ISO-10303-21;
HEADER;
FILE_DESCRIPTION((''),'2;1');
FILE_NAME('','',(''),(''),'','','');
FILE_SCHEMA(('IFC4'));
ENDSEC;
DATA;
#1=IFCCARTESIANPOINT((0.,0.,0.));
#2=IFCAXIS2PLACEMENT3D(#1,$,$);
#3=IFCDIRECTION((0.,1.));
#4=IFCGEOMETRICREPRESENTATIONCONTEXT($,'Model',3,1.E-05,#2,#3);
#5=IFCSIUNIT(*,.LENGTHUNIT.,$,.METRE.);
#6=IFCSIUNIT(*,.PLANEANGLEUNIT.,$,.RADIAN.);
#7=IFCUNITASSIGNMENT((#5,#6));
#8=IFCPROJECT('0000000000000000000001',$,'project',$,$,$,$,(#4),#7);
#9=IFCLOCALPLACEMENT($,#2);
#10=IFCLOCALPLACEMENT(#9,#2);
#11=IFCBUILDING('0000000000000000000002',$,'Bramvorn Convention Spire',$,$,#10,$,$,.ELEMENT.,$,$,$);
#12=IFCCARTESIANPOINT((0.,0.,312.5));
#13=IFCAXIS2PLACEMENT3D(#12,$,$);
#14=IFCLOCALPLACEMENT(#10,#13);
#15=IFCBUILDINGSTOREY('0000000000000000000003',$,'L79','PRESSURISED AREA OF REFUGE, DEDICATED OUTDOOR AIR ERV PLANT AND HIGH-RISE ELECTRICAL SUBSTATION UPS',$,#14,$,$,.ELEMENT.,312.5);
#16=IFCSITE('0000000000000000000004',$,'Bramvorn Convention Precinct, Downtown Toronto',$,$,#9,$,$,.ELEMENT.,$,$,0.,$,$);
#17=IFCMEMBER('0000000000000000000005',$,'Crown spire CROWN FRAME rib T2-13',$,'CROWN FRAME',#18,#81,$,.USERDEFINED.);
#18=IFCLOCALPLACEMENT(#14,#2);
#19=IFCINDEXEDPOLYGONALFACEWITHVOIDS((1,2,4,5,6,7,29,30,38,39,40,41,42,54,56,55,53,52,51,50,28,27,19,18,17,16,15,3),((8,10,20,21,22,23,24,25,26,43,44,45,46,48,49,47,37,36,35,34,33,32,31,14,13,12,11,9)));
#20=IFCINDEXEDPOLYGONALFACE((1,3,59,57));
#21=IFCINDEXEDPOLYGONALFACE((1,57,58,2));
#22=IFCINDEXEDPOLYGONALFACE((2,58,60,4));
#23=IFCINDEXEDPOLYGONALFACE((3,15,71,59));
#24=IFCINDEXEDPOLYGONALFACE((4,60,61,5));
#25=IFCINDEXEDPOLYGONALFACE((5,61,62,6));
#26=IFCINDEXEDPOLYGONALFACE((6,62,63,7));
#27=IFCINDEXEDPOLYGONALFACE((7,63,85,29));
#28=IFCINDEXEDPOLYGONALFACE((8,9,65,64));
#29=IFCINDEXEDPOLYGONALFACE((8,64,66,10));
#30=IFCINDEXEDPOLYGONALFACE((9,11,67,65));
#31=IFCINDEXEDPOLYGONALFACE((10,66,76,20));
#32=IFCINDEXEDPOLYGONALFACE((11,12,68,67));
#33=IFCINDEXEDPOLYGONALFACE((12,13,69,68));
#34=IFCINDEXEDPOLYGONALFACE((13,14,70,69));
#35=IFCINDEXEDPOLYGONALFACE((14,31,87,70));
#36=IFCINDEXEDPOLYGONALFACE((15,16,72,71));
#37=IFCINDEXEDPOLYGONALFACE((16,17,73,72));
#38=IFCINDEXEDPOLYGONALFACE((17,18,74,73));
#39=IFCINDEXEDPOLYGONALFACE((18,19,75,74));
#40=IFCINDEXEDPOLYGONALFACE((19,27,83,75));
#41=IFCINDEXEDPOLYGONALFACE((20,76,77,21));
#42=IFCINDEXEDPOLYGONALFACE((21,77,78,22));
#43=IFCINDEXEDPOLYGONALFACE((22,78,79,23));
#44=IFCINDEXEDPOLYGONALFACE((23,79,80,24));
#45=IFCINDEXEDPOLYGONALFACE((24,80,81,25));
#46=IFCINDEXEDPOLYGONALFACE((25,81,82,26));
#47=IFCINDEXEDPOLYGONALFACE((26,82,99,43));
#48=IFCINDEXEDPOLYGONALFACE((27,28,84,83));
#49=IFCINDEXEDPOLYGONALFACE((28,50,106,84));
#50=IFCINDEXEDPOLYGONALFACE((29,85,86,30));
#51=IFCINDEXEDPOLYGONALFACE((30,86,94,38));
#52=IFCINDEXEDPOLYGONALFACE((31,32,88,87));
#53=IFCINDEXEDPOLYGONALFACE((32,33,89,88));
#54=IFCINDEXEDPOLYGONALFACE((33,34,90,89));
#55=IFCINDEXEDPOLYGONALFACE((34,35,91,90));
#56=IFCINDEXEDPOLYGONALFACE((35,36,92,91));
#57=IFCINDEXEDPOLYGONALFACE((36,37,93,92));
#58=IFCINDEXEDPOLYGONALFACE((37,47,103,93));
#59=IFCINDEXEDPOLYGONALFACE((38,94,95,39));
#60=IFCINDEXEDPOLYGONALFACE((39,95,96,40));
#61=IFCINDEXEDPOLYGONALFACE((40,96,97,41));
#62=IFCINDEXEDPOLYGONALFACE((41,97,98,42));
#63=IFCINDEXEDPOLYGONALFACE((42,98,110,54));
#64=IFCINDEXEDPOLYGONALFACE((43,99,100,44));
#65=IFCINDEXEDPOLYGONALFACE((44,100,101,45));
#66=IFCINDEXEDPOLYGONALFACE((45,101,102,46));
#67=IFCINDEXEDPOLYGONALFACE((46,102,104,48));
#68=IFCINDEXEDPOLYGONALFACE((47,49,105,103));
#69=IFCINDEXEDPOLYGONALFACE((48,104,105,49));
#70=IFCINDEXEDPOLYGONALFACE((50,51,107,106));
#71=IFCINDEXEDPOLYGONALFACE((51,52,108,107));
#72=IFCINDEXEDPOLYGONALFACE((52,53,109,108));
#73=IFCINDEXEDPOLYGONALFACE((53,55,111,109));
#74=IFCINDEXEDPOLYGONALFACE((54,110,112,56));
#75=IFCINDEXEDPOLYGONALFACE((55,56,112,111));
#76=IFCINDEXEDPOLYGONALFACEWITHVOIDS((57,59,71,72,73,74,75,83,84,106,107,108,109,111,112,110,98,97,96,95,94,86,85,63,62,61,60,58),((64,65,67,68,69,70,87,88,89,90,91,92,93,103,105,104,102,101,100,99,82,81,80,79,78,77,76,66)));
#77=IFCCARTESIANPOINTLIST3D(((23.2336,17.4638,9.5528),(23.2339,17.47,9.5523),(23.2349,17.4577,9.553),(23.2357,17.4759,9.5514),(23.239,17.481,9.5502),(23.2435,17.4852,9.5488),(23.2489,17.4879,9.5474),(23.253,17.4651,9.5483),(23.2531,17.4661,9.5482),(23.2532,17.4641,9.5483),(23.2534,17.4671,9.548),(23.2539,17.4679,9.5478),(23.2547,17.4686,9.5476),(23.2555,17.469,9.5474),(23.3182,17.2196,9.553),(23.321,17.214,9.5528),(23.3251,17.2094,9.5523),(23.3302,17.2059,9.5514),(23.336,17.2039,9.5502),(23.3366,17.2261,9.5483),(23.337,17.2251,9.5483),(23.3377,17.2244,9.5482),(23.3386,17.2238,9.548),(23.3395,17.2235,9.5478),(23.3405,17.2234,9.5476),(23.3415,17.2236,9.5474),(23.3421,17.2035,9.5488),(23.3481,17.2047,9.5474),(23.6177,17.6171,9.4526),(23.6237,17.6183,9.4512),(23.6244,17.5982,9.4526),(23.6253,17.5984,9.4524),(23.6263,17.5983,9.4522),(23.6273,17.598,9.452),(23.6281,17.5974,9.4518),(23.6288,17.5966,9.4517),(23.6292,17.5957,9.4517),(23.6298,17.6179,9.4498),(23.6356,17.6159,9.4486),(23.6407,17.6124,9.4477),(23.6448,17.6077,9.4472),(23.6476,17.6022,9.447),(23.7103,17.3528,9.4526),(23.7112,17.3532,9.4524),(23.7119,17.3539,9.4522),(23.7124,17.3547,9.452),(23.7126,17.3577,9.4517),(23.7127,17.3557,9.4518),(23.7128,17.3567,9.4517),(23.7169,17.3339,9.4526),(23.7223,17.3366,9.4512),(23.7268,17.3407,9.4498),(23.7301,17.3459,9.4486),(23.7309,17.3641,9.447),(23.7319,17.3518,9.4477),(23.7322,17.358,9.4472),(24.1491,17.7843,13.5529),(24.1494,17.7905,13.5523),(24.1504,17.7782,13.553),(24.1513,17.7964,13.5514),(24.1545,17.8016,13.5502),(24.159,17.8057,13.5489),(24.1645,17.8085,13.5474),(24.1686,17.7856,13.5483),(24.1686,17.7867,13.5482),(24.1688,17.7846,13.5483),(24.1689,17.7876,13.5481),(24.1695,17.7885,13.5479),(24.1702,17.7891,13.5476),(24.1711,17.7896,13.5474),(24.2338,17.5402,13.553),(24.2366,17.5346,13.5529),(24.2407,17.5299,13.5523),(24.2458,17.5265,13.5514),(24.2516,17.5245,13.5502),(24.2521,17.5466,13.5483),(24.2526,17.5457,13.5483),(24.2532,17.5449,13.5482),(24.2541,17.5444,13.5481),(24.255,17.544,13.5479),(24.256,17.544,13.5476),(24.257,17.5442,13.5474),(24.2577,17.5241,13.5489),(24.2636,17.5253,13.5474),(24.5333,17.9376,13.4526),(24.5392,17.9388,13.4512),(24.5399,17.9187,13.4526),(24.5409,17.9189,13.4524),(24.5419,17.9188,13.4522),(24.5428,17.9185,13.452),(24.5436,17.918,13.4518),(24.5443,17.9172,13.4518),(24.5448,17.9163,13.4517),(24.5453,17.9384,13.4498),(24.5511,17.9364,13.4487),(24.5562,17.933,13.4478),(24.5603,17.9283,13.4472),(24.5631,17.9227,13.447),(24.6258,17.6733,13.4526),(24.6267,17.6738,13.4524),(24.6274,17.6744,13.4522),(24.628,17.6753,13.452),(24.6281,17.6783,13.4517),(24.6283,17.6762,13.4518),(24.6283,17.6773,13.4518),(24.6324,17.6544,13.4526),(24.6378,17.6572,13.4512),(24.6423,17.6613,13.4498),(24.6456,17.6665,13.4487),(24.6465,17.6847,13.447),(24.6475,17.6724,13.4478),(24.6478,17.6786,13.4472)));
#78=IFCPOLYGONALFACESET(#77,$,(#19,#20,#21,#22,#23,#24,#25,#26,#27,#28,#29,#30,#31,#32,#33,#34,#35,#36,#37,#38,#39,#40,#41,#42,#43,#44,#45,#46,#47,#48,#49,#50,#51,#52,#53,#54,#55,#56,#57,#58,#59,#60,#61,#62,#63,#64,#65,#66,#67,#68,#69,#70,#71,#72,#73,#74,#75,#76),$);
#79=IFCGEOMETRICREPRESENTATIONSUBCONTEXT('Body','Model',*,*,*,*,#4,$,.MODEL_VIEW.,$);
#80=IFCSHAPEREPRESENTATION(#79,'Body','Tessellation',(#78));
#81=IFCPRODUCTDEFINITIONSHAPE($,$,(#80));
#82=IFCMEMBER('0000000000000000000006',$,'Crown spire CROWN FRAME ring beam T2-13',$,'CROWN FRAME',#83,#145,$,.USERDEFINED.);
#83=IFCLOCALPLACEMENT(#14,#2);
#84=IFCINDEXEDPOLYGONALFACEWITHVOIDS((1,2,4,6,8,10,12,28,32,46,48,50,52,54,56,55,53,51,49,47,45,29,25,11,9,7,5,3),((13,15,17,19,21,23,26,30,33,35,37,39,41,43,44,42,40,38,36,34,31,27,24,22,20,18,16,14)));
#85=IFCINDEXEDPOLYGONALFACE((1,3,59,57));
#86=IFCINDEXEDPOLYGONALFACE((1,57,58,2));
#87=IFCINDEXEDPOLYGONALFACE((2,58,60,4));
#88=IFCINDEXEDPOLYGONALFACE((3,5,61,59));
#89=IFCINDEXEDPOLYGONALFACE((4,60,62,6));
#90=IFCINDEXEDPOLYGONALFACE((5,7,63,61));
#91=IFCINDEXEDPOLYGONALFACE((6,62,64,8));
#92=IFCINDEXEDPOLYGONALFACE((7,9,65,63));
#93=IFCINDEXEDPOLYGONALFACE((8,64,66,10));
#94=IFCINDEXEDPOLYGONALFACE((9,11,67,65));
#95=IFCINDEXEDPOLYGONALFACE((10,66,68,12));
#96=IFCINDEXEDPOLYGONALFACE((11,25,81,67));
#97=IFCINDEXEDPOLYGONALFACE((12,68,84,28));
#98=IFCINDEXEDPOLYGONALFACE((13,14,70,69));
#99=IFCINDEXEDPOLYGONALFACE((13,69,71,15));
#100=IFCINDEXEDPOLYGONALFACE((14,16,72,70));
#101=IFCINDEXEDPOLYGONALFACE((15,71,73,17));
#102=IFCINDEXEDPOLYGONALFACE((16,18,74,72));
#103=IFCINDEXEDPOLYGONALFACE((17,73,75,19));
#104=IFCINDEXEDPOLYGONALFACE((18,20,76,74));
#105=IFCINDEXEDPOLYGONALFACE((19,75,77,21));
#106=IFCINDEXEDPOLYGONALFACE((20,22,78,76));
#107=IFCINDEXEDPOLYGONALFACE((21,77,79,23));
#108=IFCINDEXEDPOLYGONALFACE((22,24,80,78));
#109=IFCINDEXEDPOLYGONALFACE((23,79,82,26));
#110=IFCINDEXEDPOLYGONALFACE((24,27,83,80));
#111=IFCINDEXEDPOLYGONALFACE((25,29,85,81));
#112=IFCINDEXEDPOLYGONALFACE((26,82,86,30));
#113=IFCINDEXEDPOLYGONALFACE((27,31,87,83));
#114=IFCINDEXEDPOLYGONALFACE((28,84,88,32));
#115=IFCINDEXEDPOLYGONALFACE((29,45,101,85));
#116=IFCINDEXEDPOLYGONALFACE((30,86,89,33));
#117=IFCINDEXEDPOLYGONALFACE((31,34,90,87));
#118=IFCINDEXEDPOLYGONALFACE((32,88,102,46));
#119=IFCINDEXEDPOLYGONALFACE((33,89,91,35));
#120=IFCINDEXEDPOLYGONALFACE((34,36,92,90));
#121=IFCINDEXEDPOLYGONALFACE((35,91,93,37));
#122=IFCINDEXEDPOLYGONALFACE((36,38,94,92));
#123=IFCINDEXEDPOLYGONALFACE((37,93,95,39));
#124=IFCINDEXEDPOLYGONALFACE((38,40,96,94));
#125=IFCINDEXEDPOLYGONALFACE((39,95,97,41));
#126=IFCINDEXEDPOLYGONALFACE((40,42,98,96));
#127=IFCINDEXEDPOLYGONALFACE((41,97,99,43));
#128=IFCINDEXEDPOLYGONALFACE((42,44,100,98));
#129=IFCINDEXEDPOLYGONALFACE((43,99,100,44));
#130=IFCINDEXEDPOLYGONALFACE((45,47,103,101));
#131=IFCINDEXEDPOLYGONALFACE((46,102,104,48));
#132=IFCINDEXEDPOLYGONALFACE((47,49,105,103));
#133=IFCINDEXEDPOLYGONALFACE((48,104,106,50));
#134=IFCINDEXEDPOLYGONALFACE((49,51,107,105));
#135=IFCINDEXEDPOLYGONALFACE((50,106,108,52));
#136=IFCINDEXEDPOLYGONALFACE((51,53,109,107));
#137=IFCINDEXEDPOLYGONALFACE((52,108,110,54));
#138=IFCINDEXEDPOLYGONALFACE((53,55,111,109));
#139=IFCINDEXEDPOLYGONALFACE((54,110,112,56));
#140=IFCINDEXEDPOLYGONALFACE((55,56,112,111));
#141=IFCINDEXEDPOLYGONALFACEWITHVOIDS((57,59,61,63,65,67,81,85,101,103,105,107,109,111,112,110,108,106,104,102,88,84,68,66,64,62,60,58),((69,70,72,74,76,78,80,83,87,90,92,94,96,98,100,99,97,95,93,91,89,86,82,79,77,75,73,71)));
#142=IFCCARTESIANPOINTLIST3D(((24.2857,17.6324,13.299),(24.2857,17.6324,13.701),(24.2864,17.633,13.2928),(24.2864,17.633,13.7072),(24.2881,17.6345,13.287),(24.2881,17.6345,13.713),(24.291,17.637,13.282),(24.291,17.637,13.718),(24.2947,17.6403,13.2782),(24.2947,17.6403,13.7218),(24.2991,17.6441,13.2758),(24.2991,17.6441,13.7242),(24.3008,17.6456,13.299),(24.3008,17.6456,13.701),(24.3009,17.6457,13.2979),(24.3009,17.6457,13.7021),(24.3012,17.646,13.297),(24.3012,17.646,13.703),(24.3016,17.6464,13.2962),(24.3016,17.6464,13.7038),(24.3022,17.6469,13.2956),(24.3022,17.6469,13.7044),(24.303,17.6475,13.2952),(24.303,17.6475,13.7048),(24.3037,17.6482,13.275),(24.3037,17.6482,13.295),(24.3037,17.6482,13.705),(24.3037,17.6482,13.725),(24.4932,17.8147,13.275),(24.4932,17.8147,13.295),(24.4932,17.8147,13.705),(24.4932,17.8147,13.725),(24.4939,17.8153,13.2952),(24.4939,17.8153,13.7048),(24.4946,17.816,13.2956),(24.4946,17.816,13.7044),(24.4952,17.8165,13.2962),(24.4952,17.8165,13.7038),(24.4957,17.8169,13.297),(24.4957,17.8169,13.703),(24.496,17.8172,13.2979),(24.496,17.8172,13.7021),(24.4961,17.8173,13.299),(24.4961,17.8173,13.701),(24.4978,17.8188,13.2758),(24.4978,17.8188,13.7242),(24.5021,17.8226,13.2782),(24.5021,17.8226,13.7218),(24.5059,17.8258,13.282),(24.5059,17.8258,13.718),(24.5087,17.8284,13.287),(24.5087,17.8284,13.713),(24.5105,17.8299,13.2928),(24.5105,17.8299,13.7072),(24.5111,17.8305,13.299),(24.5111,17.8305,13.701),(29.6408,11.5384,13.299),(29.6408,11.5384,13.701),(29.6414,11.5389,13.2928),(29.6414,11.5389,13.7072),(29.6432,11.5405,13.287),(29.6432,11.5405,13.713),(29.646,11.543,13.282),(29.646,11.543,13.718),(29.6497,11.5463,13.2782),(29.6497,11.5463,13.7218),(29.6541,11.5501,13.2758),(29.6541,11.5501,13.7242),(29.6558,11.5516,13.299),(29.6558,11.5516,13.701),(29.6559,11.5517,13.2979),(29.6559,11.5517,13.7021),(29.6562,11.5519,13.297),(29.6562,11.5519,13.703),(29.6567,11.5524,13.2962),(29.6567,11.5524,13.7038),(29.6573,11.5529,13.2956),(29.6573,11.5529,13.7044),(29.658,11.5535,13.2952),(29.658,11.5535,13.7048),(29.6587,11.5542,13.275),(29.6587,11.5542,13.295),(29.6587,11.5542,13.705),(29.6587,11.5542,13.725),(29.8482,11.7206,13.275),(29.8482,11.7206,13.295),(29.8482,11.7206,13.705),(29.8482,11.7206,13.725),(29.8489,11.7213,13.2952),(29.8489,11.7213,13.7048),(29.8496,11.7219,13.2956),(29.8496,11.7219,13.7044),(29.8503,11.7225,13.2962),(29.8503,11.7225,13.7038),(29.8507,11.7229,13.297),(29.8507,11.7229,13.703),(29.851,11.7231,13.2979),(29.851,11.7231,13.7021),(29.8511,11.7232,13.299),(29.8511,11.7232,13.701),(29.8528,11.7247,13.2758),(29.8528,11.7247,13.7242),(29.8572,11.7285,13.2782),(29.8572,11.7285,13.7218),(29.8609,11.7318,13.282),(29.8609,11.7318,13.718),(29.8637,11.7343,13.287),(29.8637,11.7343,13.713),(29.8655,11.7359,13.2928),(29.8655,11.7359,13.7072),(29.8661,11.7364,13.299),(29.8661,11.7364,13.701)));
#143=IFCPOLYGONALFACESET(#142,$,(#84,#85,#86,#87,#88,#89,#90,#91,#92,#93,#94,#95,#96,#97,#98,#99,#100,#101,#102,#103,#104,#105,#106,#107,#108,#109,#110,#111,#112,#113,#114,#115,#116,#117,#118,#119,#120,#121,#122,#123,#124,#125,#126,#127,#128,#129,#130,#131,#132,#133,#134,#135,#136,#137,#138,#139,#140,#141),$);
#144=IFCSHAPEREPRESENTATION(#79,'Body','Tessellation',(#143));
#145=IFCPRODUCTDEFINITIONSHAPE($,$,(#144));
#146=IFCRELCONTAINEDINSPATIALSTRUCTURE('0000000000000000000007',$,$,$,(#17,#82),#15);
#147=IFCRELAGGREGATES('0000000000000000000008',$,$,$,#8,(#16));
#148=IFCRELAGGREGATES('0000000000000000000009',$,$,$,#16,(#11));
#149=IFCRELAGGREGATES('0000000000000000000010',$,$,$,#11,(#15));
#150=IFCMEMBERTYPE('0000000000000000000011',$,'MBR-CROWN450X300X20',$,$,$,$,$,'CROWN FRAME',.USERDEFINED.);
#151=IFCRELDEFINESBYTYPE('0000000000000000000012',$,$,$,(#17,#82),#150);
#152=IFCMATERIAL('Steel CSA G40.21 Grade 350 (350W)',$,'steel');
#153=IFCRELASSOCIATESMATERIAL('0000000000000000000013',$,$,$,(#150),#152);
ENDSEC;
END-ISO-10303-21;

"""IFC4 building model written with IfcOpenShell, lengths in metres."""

from ifc_helpers import new_model, si_unit, direction, frame, origin, origin_2d, place, context, subcontext, project, spatial, hollow_rectangle, extrude, material, material_profile, profile_set, type_object, element, save


model = new_model("IFC4")

# Units and contexts
model_context = context("Model", 3, precision=1e-05, world=origin(), true_north=direction((0.0, 1.0)))
body_context = subcontext(model_context, "Body", "Model", "MODEL_VIEW")
ifc_project = project(units=[si_unit("LENGTHUNIT", "METRE"), si_unit("PLANEANGLEUNIT", "RADIAN")], contexts=[model_context])

# Site, building, storey
site_placement = place(None, origin())
site = spatial("IfcSite", under=ifc_project, at=site_placement, Name="Bramvorn Convention Precinct, Downtown Toronto", CompositionType="ELEMENT", RefElevation=0.0)
building_placement = place(site_placement, origin())
building = spatial("IfcBuilding", under=site, at=building_placement, Name="Bramvorn Convention Spire", CompositionType="ELEMENT")
storey_placement = place(building_placement, frame((0.0, 0.0, 312.5)))
storey = spatial("IfcBuildingStorey", under=building, at=storey_placement, Name="L79", Description="PRESSURISED AREA OF REFUGE, DEDICATED OUTDOOR AIR ERV PLANT AND HIGH-RISE ELECTRICAL SUBSTATION UPS", CompositionType="ELEMENT", Elevation=312.5)

# Members
ifc_material_1 = material(Name="Steel CSA G40.21 Grade 350 (350W)", Category="steel")
ifc_material_profile = material_profile(ifc_material_1, hollow_rectangle(XDim=0.3, YDim=0.45, WallThickness=0.02, InnerFilletRadius=0.0039, OuterFilletRadius=0.0239, at=origin_2d()))
ifc_profile_set = profile_set([ifc_material_profile], Name="Steel CSA G40.21 Grade 350 (350W) - CROWN450X300X20")
member_type = type_object("IfcMemberType", Name="MBR-CROWN450X300X20", ElementType="CROWN FRAME", PredefinedType="USERDEFINED", material=ifc_profile_set)
member_1_placement = place(storey_placement, frame((23.4829, 17.4109, 9.5), z_axis=(0.222435, 0.077882, 0.971832), x_axis=(-0.330463, 0.943819, 0.0)))
element("IfcMember", 1, at=member_1_placement, inside=storey, type_object=member_type, Name="Crown spire CROWN FRAME rib T2-13", ObjectType="CROWN FRAME", PredefinedType="USERDEFINED", context=body_context, shape_type="SweptSolid", body=[
    extrude(hollow_rectangle(XDim=0.3, YDim=0.45, WallThickness=0.02, InnerFilletRadius=0.0039, OuterFilletRadius=0.0239, at=origin_2d()), origin(), (0.0, 0.0, 1.0), 4.116),
])
member_2_placement = place(storey_placement, frame((24.3984, 17.7314, 13.5), z_axis=(0.66009, -0.751186, 0.0), x_axis=(0.751186, 0.66009, 0.0)))
element("IfcMember", 2, at=member_2_placement, inside=storey, type_object=member_type, Name="Crown spire CROWN FRAME ring beam T2-13", ObjectType="CROWN FRAME", PredefinedType="USERDEFINED", context=body_context, shape_type="SweptSolid", body=[
    extrude(hollow_rectangle(XDim=0.3, YDim=0.45, WallThickness=0.02, InnerFilletRadius=0.0039, OuterFilletRadius=0.0239, at=origin_2d()), origin(), (0.0, 0.0, 1.0), 8.1125),
])

save(model, "model.ifc")
